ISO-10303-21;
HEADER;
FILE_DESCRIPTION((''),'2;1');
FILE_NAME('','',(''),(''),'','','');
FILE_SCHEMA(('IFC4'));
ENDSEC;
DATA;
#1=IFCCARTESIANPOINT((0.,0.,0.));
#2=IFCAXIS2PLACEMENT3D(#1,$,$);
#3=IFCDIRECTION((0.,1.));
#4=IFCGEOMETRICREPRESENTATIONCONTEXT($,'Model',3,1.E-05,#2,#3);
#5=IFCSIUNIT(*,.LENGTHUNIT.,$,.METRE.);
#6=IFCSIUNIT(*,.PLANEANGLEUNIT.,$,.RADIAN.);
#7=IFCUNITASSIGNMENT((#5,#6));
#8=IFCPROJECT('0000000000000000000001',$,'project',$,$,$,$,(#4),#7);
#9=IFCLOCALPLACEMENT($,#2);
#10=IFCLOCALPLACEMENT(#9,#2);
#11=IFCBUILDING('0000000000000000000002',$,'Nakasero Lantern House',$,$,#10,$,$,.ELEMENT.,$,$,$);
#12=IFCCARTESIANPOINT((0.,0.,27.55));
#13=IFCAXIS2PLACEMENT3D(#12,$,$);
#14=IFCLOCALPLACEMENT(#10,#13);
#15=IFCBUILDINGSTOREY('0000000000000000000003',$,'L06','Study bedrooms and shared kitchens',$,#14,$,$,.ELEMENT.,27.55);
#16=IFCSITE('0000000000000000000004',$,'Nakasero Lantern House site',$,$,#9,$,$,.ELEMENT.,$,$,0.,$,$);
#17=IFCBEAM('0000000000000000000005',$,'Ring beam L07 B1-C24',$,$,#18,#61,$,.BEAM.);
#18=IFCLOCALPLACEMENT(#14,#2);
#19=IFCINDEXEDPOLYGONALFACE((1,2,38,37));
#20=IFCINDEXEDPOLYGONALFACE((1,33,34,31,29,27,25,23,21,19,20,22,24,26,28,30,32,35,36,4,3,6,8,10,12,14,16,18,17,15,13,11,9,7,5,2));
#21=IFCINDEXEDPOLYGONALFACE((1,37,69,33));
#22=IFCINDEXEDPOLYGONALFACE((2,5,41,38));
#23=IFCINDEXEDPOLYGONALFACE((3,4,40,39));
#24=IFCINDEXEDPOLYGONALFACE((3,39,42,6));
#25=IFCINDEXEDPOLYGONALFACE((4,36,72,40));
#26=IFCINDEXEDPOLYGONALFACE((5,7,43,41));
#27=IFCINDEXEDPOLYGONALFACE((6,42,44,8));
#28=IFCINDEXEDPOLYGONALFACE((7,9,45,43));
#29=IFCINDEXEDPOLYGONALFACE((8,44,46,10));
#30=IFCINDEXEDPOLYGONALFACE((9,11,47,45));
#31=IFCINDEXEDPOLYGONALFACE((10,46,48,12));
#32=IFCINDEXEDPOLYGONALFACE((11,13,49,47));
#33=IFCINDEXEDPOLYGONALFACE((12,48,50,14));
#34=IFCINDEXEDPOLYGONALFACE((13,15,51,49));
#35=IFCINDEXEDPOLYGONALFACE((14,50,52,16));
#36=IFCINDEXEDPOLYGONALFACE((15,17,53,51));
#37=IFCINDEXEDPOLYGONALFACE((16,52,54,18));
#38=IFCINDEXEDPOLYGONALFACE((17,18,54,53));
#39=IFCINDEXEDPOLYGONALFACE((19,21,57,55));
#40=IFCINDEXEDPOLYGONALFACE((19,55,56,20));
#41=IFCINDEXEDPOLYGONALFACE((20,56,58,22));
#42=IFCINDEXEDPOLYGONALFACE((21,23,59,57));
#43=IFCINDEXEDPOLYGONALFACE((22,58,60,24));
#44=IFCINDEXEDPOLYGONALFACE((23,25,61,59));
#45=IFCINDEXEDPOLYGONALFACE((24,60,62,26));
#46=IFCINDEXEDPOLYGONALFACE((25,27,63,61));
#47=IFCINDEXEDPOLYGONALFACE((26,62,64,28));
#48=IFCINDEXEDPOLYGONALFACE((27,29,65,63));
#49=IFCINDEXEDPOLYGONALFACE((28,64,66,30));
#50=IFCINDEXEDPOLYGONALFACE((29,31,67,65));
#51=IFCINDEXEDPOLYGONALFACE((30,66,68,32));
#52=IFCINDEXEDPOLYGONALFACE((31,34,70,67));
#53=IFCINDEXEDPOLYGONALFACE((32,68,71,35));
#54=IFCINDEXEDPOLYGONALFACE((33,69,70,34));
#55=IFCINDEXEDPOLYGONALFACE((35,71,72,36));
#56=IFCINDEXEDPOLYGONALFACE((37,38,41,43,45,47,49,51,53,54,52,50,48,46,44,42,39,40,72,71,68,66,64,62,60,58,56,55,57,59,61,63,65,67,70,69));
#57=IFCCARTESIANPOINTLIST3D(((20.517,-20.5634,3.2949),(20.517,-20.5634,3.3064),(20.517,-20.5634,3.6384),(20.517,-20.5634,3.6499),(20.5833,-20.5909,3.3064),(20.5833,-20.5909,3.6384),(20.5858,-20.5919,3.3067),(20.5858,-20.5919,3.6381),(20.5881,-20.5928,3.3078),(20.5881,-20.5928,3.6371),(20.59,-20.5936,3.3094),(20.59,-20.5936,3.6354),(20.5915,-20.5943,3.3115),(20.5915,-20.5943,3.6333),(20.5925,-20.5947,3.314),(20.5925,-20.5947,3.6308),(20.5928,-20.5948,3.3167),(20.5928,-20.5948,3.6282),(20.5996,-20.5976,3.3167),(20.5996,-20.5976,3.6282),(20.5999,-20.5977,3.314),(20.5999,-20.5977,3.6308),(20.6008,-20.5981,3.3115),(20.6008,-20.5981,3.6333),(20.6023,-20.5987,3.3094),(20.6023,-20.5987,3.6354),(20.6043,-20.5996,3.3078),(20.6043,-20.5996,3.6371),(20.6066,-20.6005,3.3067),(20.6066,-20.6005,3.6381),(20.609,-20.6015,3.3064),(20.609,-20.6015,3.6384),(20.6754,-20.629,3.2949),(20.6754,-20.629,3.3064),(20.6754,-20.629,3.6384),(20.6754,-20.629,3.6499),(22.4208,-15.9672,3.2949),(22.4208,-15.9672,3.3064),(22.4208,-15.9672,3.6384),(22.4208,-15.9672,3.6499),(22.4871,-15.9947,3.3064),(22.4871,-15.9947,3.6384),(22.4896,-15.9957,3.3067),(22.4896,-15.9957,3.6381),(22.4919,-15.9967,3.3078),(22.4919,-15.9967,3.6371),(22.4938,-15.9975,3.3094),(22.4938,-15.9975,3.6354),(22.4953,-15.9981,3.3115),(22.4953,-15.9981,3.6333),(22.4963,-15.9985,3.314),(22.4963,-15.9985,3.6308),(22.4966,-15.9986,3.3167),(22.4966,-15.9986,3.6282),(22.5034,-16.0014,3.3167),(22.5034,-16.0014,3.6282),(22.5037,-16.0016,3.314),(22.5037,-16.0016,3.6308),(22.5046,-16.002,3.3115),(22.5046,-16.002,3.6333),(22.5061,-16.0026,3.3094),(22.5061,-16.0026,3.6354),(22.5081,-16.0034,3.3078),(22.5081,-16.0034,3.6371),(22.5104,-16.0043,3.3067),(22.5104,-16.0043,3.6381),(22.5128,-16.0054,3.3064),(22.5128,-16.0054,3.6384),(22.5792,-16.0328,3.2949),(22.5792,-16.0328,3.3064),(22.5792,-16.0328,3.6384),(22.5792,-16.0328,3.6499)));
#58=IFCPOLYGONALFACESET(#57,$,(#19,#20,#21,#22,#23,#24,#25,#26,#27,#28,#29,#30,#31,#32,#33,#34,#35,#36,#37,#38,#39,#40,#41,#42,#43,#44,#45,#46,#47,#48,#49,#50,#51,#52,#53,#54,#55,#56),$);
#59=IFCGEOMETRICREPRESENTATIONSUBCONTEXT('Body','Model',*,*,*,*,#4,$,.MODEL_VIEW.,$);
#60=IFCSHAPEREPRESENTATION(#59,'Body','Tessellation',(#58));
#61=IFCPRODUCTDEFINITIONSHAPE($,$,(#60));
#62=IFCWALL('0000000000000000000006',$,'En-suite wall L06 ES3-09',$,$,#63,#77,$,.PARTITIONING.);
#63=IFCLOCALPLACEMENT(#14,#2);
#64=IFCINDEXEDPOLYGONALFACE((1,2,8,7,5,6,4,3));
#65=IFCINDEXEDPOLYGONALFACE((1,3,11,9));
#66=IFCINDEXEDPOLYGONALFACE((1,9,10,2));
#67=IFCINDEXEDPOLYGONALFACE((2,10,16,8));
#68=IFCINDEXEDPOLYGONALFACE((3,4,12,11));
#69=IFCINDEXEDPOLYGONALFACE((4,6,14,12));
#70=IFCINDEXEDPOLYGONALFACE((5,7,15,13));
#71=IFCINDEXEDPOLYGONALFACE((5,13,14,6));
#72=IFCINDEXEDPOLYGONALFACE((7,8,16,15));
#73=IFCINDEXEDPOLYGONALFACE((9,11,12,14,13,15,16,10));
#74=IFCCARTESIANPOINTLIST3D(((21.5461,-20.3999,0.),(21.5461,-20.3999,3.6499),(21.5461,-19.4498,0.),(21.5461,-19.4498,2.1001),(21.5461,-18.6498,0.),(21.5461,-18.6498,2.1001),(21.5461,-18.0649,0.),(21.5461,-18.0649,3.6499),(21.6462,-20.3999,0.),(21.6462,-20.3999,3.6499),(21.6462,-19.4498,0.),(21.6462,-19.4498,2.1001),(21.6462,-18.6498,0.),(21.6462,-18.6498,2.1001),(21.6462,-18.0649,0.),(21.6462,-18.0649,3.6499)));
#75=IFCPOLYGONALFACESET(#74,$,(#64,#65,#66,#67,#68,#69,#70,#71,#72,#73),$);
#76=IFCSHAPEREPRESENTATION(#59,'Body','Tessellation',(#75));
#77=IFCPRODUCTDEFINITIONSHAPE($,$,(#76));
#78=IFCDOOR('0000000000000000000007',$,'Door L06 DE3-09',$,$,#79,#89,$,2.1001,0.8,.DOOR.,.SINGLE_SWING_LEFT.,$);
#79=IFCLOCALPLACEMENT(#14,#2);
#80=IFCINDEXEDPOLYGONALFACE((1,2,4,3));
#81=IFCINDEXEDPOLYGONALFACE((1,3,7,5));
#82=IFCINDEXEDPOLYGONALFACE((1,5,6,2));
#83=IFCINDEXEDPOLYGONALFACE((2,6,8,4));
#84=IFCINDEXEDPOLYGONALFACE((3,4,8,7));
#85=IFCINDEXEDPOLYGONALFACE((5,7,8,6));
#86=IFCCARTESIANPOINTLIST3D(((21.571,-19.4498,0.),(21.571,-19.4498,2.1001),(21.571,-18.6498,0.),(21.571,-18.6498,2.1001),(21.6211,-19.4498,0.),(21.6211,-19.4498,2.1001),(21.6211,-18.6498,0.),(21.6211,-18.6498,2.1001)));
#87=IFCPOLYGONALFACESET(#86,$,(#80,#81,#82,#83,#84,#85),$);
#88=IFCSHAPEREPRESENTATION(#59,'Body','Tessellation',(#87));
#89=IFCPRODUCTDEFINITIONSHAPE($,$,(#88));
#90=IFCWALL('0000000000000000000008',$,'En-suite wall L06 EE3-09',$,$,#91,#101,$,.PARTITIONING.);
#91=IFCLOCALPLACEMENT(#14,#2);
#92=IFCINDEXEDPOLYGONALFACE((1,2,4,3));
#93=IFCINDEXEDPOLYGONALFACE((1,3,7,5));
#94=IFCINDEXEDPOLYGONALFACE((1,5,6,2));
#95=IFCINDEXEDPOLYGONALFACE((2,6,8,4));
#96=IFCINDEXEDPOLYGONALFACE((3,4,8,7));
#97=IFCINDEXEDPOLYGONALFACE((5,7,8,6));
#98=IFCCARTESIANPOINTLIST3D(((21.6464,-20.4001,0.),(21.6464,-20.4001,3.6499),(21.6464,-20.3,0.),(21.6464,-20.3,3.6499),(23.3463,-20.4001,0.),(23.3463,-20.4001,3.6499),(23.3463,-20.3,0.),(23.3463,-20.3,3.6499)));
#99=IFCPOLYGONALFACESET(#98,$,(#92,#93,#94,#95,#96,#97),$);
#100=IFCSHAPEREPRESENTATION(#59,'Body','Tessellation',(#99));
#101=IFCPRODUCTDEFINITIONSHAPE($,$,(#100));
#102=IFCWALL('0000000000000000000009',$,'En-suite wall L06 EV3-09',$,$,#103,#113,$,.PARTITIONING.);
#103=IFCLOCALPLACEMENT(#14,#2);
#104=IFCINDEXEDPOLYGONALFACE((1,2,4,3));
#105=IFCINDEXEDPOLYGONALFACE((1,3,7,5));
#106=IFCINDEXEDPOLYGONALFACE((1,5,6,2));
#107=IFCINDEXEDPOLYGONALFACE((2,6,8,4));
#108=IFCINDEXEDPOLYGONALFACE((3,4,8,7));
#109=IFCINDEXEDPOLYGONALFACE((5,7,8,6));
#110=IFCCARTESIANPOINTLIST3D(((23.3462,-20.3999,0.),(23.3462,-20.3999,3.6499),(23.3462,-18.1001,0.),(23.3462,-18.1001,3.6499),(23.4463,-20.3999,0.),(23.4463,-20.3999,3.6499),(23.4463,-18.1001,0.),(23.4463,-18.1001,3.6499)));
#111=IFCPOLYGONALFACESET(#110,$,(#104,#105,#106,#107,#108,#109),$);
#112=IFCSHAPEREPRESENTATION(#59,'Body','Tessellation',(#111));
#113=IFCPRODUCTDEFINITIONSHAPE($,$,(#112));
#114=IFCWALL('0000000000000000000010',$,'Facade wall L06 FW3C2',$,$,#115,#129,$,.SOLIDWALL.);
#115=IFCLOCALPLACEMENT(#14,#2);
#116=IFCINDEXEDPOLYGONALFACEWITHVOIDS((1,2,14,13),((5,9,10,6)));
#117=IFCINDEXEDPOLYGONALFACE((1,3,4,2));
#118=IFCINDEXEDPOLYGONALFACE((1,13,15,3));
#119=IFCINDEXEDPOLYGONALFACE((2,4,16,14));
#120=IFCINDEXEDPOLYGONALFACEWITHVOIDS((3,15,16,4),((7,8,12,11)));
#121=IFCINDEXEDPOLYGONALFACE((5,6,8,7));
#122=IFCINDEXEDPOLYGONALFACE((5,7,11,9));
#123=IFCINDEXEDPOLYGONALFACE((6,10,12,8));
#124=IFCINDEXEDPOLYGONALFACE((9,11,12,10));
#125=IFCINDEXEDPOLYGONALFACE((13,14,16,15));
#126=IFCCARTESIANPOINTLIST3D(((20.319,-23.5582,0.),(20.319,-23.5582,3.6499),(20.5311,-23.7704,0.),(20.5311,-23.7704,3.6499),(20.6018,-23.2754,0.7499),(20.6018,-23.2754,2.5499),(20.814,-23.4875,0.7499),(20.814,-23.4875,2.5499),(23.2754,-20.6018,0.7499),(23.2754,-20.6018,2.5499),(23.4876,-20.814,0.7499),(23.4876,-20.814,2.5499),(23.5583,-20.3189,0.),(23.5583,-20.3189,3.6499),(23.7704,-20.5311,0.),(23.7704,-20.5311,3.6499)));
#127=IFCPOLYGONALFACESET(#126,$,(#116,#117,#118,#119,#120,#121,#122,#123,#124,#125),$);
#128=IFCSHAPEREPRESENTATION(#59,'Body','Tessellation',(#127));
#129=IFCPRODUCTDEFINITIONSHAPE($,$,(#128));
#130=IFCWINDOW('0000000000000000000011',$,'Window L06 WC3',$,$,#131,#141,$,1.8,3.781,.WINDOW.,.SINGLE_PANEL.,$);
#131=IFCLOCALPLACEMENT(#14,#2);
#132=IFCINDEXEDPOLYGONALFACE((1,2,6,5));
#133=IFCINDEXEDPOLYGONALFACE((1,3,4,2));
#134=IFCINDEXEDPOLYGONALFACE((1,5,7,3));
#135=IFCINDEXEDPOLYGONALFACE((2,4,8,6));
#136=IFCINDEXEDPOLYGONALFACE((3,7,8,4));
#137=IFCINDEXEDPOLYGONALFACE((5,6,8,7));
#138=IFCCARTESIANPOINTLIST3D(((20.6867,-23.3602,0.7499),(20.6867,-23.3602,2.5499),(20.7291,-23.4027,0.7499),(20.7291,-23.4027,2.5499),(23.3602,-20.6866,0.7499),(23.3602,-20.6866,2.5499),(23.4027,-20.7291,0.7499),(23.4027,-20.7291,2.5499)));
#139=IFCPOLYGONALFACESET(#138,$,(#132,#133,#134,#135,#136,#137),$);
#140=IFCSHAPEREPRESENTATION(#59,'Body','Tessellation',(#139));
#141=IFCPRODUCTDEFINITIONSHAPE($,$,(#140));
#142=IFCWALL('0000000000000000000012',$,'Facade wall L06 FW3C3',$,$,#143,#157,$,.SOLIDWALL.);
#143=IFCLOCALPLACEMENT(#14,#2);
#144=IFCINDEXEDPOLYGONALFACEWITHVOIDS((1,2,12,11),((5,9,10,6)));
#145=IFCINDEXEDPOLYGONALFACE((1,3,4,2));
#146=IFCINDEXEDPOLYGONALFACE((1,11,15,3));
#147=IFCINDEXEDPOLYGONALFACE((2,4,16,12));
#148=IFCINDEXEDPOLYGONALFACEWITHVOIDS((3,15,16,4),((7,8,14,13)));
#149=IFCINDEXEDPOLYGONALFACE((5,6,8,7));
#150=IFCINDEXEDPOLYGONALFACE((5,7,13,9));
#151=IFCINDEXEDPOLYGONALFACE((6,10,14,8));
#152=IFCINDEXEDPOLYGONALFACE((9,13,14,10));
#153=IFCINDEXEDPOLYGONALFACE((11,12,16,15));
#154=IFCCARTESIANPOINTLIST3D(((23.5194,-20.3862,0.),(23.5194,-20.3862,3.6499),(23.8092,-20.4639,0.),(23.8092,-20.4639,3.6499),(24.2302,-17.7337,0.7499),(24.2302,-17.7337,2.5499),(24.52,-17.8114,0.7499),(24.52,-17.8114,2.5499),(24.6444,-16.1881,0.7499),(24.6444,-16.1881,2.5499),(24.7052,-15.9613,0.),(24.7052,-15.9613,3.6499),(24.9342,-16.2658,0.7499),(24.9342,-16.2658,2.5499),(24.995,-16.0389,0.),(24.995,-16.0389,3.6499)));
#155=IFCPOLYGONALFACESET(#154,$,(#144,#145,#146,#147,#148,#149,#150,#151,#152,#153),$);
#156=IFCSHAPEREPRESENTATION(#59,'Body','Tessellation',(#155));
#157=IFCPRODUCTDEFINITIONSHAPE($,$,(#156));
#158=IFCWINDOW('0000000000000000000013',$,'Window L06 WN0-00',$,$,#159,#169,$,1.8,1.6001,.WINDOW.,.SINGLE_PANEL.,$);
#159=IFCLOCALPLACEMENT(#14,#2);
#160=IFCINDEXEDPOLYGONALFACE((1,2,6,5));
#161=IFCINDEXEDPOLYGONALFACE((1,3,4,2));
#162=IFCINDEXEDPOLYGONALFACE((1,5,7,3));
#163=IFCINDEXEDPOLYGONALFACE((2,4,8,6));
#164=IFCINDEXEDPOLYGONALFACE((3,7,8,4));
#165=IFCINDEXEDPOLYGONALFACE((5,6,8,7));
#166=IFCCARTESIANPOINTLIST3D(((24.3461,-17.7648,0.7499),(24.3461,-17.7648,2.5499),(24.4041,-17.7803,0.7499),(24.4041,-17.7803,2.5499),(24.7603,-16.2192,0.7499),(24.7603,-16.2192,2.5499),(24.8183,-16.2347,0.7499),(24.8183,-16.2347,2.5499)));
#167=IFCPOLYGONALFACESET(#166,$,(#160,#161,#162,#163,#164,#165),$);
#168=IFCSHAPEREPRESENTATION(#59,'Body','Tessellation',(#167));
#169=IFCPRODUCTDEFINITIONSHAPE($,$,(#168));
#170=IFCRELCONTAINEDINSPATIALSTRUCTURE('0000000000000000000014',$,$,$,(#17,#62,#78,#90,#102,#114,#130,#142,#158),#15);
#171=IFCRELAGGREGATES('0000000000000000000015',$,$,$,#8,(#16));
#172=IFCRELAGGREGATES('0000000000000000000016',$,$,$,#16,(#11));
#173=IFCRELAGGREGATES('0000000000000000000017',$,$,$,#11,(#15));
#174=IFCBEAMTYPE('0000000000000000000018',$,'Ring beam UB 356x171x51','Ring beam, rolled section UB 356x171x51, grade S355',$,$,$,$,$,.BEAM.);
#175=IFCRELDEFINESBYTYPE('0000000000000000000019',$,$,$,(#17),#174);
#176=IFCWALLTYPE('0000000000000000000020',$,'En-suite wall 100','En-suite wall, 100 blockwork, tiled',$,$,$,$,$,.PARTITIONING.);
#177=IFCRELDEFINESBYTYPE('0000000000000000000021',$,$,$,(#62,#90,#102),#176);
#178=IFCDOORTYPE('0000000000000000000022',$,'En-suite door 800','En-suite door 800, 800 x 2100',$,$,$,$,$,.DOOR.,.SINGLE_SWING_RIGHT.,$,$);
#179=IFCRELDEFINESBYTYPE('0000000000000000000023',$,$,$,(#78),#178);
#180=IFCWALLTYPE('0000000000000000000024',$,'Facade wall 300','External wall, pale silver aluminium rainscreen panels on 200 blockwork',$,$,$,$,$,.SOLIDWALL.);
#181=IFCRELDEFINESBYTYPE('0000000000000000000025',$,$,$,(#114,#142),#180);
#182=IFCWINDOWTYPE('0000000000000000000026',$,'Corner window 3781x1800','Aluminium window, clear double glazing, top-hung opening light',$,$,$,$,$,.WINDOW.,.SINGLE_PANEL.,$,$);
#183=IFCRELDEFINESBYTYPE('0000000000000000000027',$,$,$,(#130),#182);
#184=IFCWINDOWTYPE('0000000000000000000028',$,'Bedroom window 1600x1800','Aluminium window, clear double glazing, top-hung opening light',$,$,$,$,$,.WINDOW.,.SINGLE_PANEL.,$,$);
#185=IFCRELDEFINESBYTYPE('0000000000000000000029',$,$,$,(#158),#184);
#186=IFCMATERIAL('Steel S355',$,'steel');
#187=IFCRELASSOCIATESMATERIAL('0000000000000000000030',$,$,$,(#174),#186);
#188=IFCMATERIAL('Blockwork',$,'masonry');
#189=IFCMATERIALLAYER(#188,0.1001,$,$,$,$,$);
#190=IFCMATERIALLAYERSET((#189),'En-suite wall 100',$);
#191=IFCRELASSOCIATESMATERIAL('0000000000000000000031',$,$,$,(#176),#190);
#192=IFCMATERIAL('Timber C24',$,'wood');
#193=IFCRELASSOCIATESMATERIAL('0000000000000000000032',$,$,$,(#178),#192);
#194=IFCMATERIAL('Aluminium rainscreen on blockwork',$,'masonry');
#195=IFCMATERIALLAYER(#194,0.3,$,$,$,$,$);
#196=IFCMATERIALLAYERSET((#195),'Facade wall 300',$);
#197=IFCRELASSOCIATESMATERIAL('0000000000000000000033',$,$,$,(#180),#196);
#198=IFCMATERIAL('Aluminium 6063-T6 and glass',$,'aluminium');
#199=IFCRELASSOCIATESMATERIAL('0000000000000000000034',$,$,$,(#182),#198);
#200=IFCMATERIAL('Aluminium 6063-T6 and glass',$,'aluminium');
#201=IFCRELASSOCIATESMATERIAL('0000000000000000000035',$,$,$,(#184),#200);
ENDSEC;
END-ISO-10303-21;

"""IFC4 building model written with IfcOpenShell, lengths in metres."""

from ifc_helpers import new_model, si_unit, direction, frame, frame_2d, origin, origin_2d, place, context, subcontext, project, spatial, rectangle, i_section, extrude, material, layer, layer_set, material_profile, profile_set, type_object, element, fill, save


model = new_model("IFC4")

# Units and contexts
model_context = context("Model", 3, precision=1e-05, world=origin(), true_north=direction((0.0, 1.0)))
body_context = subcontext(model_context, "Body", "Model", "MODEL_VIEW")
ifc_project = project(units=[si_unit("LENGTHUNIT", "METRE"), si_unit("PLANEANGLEUNIT", "RADIAN")], contexts=[model_context])

# Site, building, storey
site_placement = place(None, origin())
site = spatial("IfcSite", under=ifc_project, at=site_placement, Name="Nakasero Lantern House site", CompositionType="ELEMENT", RefElevation=0.0)
building_placement = place(site_placement, origin())
building = spatial("IfcBuilding", under=site, at=building_placement, Name="Nakasero Lantern House", CompositionType="ELEMENT")
storey_placement = place(building_placement, frame((0.0, 0.0, 27.55)))
storey = spatial("IfcBuildingStorey", under=building, at=storey_placement, Name="L06", Description="Study bedrooms and shared kitchens", CompositionType="ELEMENT", Elevation=27.55)

# Beam
ifc_material_1 = material(Name="Steel S355", Category="steel")
ifc_material_profile_1 = material_profile(ifc_material_1, i_section(OverallWidth=0.1714, OverallDepth=0.355, WebThickness=0.0073, FlangeThickness=0.0115, FilletRadius=0.0103, at=origin_2d()), Name="UB 356x171x51")
ifc_profile_set_1 = profile_set([ifc_material_profile_1], Name="Steel S355")
beam_type_1 = type_object("IfcBeamType", Name="Ring beam UB 356x171x51", Description="Ring beam, rolled section UB 356x171x51, grade S355", PredefinedType="BEAM", material=ifc_profile_set_1)
beam_1_placement = place(storey_placement, frame((20.5962, -20.5962, 3.4724), z_axis=(0.382684, 0.923879, 0.0), x_axis=(-0.923879, 0.382684, 0.0)))
element("IfcBeam", 1, at=beam_1_placement, inside=storey, type_object=beam_type_1, Name="Ring beam L07 B1-C24", PredefinedType="BEAM", context=body_context, shape_type="SweptSolid", body=[
    extrude(i_section(OverallWidth=0.1714, OverallDepth=0.355, WebThickness=0.0073, FlangeThickness=0.0115, FilletRadius=0.0103, at=origin_2d()), origin(), (0.0, 0.0, 1.0), 4.9749),
])

# Wall, opening, door
ifc_material_2 = material(Name="Blockwork", Category="masonry")
ifc_layer_1 = layer(ifc_material_2, 0.1001)
ifc_layer_set_1 = layer_set([ifc_layer_1], Name="En-suite wall 100")
wall_type_1 = type_object("IfcWallType", Name="En-suite wall 100", Description="En-suite wall, 100 blockwork, tiled", PredefinedType="PARTITIONING", material=ifc_layer_set_1)
wall_1_placement = place(storey_placement, frame((21.5962, -18.0649, 0.0), z_axis=(0.0, 0.0, 1.0), x_axis=(0.0, -1.0, 0.0)))
wall_1 = element("IfcWall", 2, at=wall_1_placement, inside=storey, type_object=wall_type_1, Name="En-suite wall L06 ES3-09", PredefinedType="PARTITIONING", context=body_context, shape_type="SweptSolid", body=[
    extrude(rectangle(XDim=2.335, YDim=0.1001, at=frame_2d((1.1675, 0.0))), origin(), (0.0, 0.0, 1.0), 3.6499),
])
opening_1_placement = place(wall_1_placement, frame((0.585, 0.0, 0.0)))
opening_1 = element("IfcOpeningElement", 3, at=opening_1_placement, cuts=wall_1, PredefinedType="OPENING", context=body_context, shape_type="SweptSolid", body=[
    extrude(rectangle(XDim=0.8, YDim=2.1001, at=frame_2d((0.3999, 1.05))), frame((0.0, 0.0701, 0.0), z_axis=(0.0, -1.0, 0.0), x_axis=(1.0, 0.0, 0.0)), (0.0, 0.0, 1.0), 0.1401),
])
ifc_material_3 = material(Name="Timber C24", Category="wood")
door_type_1 = type_object("IfcDoorType", Name="En-suite door 800", Description="En-suite door 800, 800 x 2100", OperationType="SINGLE_SWING_RIGHT", PredefinedType="DOOR", material=ifc_material_3)
door_1_placement = place(opening_1_placement, origin())
door_1 = element("IfcDoor", 4, at=door_1_placement, inside=storey, type_object=door_type_1, Name="Door L06 DE3-09", OperationType="SINGLE_SWING_LEFT", OverallHeight=2.1001, OverallWidth=0.8, PredefinedType="DOOR", context=body_context, shape_type="SweptSolid", body=[
    extrude(rectangle(XDim=0.8, YDim=2.1001, at=frame_2d((0.3999, 1.05))), frame((0.0, 0.0249, 0.0), z_axis=(0.0, -1.0, 0.0), x_axis=(1.0, 0.0, 0.0)), (0.0, 0.0, 1.0), 0.05),
])
fill(opening_1, door_1)

# Walls
wall_2_placement = place(storey_placement, frame((21.6462, -20.3501, 0.0), z_axis=(0.0, 0.0, 1.0), x_axis=(1.0, 0.0, 0.0)))
element("IfcWall", 5, at=wall_2_placement, inside=storey, type_object=wall_type_1, Name="En-suite wall L06 EE3-09", PredefinedType="PARTITIONING", context=body_context, shape_type="SweptSolid", body=[
    extrude(rectangle(XDim=1.7, YDim=0.1001, at=frame_2d((0.8501, 0.0))), origin(), (0.0, 0.0, 1.0), 3.6499),
])
wall_3_placement = place(storey_placement, frame((23.3962, -18.1001, 0.0), z_axis=(0.0, 0.0, 1.0), x_axis=(0.0, -1.0, 0.0)))
element("IfcWall", 6, at=wall_3_placement, inside=storey, type_object=wall_type_1, Name="En-suite wall L06 EV3-09", PredefinedType="PARTITIONING", context=body_context, shape_type="SweptSolid", body=[
    extrude(rectangle(XDim=2.2998, YDim=0.1001, at=frame_2d((1.1499, 0.0))), origin(), (0.0, 0.0, 1.0), 3.6499),
])

# Walls, openings, windows
ifc_material_4 = material(Name="Aluminium rainscreen on blockwork", Category="masonry")
ifc_layer_2 = layer(ifc_material_4, 0.3)
ifc_layer_set_2 = layer_set([ifc_layer_2], Name="Facade wall 300")
wall_type_2 = type_object("IfcWallType", Name="Facade wall 300", Description="External wall, pale silver aluminium rainscreen panels on 200 blockwork", PredefinedType="SOLIDWALL", material=ifc_layer_set_2)
wall_4_placement = place(storey_placement, frame((20.425, -23.6643, 0.0), z_axis=(0.0, 0.0, 1.0), x_axis=(0.707107, 0.707107, 0.0)))
wall_4 = element("IfcWall", 7, at=wall_4_placement, inside=storey, type_object=wall_type_2, Name="Facade wall L06 FW3C2", PredefinedType="SOLIDWALL", context=body_context, shape_type="SweptSolid", body=[
    extrude(rectangle(XDim=4.5811, YDim=0.3, at=frame_2d((2.2905, 0.0))), origin(), (0.0, 0.0, 1.0), 3.6499),
])
opening_2_placement = place(wall_4_placement, frame((0.3999, 0.0, 0.75)))
opening_2 = element("IfcOpeningElement", 8, at=opening_2_placement, cuts=wall_4, PredefinedType="OPENING", context=body_context, shape_type="SweptSolid", body=[
    extrude(rectangle(XDim=3.781, YDim=1.8, at=frame_2d((1.8906, 0.8999))), frame((0.0, 0.1699, 0.0), z_axis=(0.0, -1.0, 0.0), x_axis=(1.0, 0.0, 0.0)), (0.0, 0.0, 1.0), 0.3401),
])
ifc_material_5 = material(Name="Aluminium 6063-T6 and glass", Category="aluminium")
window_type_1 = type_object("IfcWindowType", Name="Corner window 3781x1800", Description="Aluminium window, clear double glazing, top-hung opening light", PartitioningType="SINGLE_PANEL", PredefinedType="WINDOW", material=ifc_material_5)
window_1_placement = place(opening_2_placement, origin())
window_1 = element("IfcWindow", 9, at=window_1_placement, inside=storey, type_object=window_type_1, Name="Window L06 WC3", OverallHeight=1.8, OverallWidth=3.781, PartitioningType="SINGLE_PANEL", PredefinedType="WINDOW", context=body_context, shape_type="SweptSolid", body=[
    extrude(rectangle(XDim=3.781, YDim=1.8, at=frame_2d((1.8906, 0.8999))), frame((0.0, 0.03, 0.0), z_axis=(0.0, -1.0, 0.0), x_axis=(1.0, 0.0, 0.0)), (0.0, 0.0, 1.0), 0.0601),
])
fill(opening_2, window_1)
wall_5_placement = place(storey_placement, frame((23.6643, -20.425, 0.0), z_axis=(0.0, 0.0, 1.0), x_axis=(0.25884, 0.96592, 0.0)))
wall_5 = element("IfcWall", 10, at=wall_5_placement, inside=storey, type_object=wall_type_2, Name="Facade wall L06 FW3C3", PredefinedType="SOLIDWALL", context=body_context, shape_type="SweptSolid", body=[
    extrude(rectangle(XDim=4.5811, YDim=0.3, at=frame_2d((2.2905, 0.0))), origin(), (0.0, 0.0, 1.0), 3.6499),
])
opening_3_placement = place(wall_5_placement, frame((2.7461, 0.0, 0.75)))
opening_3 = element("IfcOpeningElement", 11, at=opening_3_placement, cuts=wall_5, PredefinedType="OPENING", context=body_context, shape_type="SweptSolid", body=[
    extrude(rectangle(XDim=1.6001, YDim=1.8, at=frame_2d((0.8, 0.8999))), frame((0.0, 0.1699, 0.0), z_axis=(0.0, -1.0, 0.0), x_axis=(1.0, 0.0, 0.0)), (0.0, 0.0, 1.0), 0.3401),
])
ifc_material_6 = material(Name="Aluminium 6063-T6 and glass", Category="aluminium")
window_type_2 = type_object("IfcWindowType", Name="Bedroom window 1600x1800", Description="Aluminium window, clear double glazing, top-hung opening light", PartitioningType="SINGLE_PANEL", PredefinedType="WINDOW", material=ifc_material_6)
window_2_placement = place(opening_3_placement, origin())
window_2 = element("IfcWindow", 12, at=window_2_placement, inside=storey, type_object=window_type_2, Name="Window L06 WN0-00", OverallHeight=1.8, OverallWidth=1.6001, PartitioningType="SINGLE_PANEL", PredefinedType="WINDOW", context=body_context, shape_type="SweptSolid", body=[
    extrude(rectangle(XDim=1.6001, YDim=1.8, at=frame_2d((0.8, 0.8999))), frame((0.0, 0.03, 0.0), z_axis=(0.0, -1.0, 0.0), x_axis=(1.0, 0.0, 0.0)), (0.0, 0.0, 1.0), 0.0601),
])
fill(opening_3, window_2)

save(model, "model.ifc")
